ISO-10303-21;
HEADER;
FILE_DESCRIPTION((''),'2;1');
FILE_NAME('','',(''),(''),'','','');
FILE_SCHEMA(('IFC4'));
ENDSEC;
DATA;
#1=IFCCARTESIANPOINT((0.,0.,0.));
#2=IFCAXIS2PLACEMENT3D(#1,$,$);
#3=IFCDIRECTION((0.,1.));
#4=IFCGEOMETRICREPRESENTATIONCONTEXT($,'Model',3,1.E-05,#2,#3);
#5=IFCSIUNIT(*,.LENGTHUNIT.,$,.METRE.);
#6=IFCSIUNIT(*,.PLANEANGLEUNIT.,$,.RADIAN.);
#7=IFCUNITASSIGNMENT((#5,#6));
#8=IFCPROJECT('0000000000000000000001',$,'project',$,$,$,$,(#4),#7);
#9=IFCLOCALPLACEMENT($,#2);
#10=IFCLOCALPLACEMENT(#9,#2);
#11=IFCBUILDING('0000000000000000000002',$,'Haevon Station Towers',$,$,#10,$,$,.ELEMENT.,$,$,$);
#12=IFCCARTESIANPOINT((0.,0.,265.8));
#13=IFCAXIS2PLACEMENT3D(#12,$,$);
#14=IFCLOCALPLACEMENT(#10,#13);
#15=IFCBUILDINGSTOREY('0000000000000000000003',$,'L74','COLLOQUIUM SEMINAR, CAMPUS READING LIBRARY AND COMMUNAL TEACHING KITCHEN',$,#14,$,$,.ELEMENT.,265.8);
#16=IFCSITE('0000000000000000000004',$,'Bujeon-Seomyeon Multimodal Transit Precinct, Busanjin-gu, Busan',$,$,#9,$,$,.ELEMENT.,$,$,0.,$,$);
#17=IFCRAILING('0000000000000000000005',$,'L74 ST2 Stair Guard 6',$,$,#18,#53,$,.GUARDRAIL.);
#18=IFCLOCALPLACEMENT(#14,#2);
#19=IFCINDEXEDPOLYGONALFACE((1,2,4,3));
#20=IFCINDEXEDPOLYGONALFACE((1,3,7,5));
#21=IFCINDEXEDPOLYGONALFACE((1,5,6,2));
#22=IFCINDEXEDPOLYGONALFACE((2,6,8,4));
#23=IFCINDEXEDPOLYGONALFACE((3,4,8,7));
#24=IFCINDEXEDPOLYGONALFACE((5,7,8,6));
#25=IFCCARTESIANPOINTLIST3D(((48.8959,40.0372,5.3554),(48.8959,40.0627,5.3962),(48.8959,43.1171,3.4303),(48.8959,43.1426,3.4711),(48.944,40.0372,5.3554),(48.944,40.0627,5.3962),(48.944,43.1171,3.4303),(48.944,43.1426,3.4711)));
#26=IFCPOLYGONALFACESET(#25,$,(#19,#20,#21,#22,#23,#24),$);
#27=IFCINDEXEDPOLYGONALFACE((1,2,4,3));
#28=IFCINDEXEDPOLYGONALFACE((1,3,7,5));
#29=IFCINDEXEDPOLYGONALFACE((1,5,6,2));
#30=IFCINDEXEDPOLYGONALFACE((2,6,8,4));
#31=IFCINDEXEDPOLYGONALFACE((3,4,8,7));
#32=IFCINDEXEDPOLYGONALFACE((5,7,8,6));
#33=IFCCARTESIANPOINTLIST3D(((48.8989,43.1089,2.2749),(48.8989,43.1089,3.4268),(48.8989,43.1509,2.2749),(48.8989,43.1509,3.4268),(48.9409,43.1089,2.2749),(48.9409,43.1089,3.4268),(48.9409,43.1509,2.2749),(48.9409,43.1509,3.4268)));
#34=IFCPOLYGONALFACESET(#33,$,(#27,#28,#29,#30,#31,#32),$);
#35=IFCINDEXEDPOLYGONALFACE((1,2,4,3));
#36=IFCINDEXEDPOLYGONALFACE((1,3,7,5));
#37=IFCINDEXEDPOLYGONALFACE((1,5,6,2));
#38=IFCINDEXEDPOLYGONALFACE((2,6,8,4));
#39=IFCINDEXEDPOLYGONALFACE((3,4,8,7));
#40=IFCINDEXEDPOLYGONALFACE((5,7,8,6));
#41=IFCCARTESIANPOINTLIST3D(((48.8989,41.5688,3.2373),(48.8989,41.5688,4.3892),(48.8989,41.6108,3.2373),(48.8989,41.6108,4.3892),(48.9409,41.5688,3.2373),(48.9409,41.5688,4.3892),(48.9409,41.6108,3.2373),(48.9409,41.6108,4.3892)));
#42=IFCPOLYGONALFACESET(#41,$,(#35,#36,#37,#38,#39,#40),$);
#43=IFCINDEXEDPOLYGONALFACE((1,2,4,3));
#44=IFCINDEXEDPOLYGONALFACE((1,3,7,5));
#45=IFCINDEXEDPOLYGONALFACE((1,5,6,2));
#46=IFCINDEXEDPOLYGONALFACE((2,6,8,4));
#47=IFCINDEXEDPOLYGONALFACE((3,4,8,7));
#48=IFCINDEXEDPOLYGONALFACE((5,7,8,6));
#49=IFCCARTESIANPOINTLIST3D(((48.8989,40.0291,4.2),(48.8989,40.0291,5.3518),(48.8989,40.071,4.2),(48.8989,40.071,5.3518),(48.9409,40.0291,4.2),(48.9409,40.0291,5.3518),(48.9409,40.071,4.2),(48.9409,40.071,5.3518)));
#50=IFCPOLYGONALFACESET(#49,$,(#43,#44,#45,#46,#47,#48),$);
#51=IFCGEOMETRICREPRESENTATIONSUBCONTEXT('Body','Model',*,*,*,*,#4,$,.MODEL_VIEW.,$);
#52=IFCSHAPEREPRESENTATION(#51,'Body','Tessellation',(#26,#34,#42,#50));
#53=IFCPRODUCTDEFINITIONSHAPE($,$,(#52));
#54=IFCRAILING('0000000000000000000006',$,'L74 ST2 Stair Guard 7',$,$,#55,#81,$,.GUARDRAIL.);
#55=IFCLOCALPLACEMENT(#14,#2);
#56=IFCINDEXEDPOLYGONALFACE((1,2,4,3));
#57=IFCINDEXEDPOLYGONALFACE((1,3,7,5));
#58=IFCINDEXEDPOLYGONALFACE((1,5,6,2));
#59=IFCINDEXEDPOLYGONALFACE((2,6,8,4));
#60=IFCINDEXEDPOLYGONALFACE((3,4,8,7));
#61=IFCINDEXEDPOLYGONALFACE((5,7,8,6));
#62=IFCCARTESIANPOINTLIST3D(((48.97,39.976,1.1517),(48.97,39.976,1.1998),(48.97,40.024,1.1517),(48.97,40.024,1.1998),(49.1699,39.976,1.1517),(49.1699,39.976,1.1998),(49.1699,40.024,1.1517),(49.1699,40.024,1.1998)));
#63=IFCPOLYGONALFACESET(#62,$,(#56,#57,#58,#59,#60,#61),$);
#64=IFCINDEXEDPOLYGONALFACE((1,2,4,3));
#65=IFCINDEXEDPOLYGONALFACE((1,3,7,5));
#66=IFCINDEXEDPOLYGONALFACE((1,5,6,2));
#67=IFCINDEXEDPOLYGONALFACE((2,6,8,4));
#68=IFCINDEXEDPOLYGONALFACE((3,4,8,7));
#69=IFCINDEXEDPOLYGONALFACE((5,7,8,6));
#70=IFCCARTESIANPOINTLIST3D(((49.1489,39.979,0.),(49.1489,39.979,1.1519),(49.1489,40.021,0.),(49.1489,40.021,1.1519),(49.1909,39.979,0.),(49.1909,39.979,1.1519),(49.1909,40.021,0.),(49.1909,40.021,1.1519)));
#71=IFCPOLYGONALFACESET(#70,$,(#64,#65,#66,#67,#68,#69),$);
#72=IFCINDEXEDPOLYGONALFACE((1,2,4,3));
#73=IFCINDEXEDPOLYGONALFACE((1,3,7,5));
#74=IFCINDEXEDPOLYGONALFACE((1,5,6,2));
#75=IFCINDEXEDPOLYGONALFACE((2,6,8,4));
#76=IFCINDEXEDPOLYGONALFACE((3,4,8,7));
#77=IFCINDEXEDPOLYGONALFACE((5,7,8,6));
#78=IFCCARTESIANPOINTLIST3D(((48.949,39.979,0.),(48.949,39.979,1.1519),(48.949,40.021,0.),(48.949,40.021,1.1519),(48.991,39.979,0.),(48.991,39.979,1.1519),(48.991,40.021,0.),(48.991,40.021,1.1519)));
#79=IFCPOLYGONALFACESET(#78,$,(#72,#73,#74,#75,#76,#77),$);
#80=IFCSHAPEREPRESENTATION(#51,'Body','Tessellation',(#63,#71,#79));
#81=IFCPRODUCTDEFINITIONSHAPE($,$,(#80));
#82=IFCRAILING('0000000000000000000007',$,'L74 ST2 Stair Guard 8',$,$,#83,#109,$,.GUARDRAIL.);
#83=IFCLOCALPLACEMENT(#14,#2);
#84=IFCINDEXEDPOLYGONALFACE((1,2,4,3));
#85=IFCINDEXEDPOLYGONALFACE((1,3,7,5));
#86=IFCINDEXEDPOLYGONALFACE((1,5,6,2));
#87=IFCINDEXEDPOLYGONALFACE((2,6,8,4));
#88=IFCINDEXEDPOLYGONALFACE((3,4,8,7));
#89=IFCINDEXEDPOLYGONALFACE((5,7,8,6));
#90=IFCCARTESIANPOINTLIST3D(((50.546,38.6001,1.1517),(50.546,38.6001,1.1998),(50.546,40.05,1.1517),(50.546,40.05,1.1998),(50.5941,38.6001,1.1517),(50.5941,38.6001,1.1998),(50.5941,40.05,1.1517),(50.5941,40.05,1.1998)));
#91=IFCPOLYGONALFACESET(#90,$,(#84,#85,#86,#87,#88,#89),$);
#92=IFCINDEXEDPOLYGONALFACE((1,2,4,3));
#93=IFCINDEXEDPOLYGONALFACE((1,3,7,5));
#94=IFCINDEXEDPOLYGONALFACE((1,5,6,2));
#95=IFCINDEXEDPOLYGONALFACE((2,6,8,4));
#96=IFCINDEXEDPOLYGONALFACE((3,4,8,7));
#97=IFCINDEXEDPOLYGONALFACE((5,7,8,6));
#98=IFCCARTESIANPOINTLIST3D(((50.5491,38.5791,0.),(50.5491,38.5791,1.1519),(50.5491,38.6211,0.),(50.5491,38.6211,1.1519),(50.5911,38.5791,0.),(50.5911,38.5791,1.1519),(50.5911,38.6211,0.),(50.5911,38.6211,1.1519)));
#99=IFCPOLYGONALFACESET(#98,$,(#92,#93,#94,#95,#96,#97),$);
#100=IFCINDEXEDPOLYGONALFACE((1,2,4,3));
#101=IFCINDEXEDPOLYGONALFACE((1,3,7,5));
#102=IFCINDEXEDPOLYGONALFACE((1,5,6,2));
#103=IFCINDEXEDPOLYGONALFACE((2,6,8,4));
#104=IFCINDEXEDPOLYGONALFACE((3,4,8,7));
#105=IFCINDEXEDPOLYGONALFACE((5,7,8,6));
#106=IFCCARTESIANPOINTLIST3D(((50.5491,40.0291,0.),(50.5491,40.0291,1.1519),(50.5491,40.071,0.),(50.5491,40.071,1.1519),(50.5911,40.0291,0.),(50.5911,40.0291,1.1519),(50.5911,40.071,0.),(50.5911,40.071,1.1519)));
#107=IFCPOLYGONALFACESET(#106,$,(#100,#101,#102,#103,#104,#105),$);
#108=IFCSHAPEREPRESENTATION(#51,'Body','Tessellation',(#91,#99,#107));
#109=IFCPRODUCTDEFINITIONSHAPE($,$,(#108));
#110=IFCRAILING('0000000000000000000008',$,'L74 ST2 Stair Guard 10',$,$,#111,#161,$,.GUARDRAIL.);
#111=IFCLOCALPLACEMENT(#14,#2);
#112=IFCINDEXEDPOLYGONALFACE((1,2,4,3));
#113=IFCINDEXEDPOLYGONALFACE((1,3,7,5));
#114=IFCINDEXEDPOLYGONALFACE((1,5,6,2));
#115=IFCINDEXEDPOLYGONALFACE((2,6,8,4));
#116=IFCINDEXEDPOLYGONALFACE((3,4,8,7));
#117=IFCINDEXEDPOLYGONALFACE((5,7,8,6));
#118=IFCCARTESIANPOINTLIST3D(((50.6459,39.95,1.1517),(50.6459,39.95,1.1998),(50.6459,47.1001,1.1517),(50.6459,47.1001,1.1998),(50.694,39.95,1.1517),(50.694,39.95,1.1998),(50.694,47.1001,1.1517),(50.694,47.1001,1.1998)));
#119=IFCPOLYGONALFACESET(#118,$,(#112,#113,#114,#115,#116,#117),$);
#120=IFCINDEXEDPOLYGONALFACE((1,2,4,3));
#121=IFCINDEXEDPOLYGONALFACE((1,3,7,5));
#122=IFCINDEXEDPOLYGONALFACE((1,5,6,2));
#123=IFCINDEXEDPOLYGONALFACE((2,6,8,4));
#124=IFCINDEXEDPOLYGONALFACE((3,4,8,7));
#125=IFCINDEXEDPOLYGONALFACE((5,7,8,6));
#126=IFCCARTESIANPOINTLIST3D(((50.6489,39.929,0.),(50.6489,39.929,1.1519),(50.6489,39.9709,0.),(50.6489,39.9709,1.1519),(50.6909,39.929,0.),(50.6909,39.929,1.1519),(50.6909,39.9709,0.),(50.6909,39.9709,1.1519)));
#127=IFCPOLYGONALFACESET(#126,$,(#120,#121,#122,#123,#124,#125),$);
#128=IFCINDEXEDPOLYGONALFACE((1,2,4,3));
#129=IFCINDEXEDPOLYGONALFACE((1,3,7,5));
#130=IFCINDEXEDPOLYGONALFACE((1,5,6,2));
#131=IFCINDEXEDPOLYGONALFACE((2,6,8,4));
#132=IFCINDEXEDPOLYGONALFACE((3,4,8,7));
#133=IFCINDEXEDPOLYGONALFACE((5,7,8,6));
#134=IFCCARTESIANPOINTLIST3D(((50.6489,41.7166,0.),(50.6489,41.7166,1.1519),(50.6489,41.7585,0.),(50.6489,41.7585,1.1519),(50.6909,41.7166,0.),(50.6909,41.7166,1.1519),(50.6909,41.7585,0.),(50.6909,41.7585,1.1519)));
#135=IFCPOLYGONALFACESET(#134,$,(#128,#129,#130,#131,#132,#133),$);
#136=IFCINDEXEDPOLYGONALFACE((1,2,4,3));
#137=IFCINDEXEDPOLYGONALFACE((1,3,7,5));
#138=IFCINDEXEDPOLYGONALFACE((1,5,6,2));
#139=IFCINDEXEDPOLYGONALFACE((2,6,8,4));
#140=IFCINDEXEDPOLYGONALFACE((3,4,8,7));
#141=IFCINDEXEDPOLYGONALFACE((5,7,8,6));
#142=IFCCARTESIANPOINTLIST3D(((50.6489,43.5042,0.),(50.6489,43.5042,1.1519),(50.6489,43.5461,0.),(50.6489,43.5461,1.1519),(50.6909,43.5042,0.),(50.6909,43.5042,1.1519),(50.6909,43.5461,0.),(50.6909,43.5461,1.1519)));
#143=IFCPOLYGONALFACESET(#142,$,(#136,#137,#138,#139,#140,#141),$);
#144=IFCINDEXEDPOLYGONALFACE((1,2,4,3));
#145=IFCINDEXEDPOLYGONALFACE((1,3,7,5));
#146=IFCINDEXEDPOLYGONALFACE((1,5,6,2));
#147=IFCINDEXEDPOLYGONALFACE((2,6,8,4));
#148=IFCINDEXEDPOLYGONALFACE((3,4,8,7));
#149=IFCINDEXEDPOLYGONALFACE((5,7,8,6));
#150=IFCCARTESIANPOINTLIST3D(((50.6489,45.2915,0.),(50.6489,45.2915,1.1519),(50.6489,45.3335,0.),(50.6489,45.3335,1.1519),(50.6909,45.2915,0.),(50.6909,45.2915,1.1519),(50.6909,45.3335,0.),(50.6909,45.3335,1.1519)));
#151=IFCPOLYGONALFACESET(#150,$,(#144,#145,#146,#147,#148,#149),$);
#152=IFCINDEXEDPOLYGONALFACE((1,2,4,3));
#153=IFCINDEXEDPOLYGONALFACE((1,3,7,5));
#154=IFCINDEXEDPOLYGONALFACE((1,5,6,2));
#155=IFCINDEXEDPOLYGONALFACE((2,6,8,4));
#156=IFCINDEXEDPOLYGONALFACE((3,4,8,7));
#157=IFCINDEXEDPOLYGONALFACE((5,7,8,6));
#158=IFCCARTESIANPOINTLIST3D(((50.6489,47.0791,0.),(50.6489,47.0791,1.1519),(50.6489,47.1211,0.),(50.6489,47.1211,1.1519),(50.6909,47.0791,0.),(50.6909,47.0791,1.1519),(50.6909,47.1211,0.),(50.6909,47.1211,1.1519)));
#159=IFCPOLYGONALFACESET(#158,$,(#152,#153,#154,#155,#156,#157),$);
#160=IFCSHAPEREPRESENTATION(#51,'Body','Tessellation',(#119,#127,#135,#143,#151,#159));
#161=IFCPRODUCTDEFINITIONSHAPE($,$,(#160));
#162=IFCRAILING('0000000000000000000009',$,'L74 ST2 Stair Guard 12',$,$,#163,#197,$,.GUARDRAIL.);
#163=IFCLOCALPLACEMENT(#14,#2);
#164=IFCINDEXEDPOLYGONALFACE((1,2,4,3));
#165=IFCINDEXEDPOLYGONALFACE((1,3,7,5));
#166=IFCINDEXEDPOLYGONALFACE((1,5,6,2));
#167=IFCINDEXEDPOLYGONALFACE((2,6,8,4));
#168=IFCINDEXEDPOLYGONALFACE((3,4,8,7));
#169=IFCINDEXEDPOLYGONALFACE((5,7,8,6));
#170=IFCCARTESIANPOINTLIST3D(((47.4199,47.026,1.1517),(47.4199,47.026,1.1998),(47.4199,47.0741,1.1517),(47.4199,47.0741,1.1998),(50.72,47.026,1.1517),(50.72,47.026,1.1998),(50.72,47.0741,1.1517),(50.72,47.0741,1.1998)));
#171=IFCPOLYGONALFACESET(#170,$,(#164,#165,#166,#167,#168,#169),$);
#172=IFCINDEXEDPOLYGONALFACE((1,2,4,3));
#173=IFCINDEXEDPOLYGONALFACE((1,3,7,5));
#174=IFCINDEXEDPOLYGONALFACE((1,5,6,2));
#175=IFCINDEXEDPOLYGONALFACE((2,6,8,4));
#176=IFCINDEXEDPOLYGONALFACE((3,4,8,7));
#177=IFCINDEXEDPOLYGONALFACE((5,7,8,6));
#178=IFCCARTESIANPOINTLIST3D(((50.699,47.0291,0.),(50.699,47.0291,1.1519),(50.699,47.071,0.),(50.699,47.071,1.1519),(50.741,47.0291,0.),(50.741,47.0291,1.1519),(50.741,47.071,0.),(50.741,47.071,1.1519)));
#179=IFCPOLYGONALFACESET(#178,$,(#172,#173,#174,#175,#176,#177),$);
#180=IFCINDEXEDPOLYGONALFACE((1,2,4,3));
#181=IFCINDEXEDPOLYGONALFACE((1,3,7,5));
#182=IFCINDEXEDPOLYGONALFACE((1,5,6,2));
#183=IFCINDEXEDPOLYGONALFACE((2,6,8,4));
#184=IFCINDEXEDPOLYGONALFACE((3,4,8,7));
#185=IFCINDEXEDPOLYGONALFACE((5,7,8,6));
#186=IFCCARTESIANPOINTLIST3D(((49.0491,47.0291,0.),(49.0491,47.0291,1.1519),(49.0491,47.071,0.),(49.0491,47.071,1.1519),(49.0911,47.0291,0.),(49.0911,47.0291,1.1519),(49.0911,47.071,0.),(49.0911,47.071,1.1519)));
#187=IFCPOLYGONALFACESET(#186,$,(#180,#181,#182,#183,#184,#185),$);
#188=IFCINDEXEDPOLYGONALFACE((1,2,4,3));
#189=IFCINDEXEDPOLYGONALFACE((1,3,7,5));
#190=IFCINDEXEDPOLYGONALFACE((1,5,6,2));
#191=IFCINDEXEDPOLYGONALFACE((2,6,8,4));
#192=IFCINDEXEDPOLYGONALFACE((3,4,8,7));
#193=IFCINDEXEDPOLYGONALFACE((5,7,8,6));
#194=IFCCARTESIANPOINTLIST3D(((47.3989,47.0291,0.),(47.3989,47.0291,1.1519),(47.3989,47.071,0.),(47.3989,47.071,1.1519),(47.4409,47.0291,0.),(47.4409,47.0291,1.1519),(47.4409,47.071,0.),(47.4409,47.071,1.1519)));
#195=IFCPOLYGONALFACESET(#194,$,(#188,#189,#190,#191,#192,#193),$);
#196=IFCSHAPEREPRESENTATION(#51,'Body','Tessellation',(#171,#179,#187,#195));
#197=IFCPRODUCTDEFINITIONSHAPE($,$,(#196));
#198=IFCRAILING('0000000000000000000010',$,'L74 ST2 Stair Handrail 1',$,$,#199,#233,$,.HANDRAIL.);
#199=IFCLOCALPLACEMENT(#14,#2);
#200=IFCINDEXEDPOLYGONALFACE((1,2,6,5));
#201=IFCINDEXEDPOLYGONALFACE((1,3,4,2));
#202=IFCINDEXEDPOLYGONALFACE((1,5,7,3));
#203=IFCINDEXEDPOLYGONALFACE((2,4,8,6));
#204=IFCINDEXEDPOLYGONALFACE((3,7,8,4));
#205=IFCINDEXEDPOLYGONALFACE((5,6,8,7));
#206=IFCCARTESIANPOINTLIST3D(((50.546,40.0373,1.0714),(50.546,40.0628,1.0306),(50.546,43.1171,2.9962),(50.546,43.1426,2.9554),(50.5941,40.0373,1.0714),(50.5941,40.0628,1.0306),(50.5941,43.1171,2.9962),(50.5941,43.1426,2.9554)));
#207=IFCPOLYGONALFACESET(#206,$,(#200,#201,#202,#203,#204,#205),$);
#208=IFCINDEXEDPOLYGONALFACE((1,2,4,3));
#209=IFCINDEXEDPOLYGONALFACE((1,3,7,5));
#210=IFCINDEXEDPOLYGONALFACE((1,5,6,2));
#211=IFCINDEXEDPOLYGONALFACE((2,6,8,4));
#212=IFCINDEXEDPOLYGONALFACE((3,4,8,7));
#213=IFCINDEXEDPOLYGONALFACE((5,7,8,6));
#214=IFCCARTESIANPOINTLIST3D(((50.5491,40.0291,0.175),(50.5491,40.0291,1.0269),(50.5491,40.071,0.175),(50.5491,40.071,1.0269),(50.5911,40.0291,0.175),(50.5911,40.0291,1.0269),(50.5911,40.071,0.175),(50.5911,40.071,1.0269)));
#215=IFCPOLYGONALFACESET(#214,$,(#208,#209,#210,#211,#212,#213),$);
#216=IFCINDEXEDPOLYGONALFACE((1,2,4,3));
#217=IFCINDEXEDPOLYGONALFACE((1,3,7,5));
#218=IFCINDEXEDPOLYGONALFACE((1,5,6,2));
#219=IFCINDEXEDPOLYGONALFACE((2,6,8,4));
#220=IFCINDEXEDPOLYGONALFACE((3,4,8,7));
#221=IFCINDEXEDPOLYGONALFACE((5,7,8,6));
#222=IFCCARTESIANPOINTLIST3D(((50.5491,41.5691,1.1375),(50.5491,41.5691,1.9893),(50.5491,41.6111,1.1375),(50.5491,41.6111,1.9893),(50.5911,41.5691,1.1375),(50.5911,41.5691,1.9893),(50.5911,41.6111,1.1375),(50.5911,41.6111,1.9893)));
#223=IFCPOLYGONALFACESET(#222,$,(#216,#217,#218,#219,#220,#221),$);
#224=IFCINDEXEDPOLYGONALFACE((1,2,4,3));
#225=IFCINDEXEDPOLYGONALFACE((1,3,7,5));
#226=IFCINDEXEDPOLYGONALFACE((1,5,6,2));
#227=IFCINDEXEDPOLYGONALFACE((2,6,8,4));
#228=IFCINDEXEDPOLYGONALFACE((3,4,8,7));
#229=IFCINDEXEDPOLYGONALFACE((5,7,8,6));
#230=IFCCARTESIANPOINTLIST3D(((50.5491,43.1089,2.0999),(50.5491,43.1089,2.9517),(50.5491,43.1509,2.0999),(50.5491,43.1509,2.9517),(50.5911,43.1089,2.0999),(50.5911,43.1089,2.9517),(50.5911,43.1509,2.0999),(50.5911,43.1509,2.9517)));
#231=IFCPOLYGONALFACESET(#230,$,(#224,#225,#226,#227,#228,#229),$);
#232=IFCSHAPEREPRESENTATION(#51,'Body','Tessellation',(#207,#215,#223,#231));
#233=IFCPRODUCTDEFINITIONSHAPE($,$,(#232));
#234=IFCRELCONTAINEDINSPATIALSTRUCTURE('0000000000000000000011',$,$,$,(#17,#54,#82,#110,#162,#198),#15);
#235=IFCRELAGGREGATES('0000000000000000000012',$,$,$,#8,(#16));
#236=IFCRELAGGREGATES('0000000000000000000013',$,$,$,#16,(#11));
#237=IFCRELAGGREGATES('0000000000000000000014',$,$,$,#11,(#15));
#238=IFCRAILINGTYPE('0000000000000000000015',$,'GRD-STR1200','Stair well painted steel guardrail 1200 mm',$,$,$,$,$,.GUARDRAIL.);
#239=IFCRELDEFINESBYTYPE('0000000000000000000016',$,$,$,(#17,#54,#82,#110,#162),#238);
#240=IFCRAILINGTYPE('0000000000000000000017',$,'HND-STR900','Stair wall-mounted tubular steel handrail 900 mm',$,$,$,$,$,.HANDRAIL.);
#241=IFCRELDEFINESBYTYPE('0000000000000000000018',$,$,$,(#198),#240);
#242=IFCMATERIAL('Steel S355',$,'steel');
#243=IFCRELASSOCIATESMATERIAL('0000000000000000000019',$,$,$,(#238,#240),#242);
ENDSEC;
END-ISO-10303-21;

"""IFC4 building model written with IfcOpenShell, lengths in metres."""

from ifc_helpers import new_model, si_unit, direction, frame, origin, origin_2d, place, context, subcontext, project, spatial, rectangle, extrude, material, type_object, element, save


model = new_model("IFC4")

# Units and contexts
model_context = context("Model", 3, precision=1e-05, world=origin(), true_north=direction((0.0, 1.0)))
body_context = subcontext(model_context, "Body", "Model", "MODEL_VIEW")
ifc_project = project(units=[si_unit("LENGTHUNIT", "METRE"), si_unit("PLANEANGLEUNIT", "RADIAN")], contexts=[model_context])

# Site, building, storey
site_placement = place(None, origin())
site = spatial("IfcSite", under=ifc_project, at=site_placement, Name="Bujeon-Seomyeon Multimodal Transit Precinct, Busanjin-gu, Busan", CompositionType="ELEMENT", RefElevation=0.0)
building_placement = place(site_placement, origin())
building = spatial("IfcBuilding", under=site, at=building_placement, Name="Haevon Station Towers", CompositionType="ELEMENT")
storey_placement = place(building_placement, frame((0.0, 0.0, 265.8)))
storey = spatial("IfcBuildingStorey", under=building, at=storey_placement, Name="L74", Description="COLLOQUIUM SEMINAR, CAMPUS READING LIBRARY AND COMMUNAL TEACHING KITCHEN", CompositionType="ELEMENT", Elevation=265.8)

# Shared definitions
ifc_material_1 = material(Name="Steel S355", Category="steel")

# Railings
railing_type_1 = type_object("IfcRailingType", Name="GRD-STR1200", Description="Stair well painted steel guardrail 1200 mm", PredefinedType="GUARDRAIL", material=ifc_material_1)
railing_1_placement = place(storey_placement, frame((48.9199, 43.1299, 2.2749)))
element("IfcRailing", 1, at=railing_1_placement, inside=storey, type_object=railing_type_1, Name="L74 ST2 Stair Guard 6", PredefinedType="GUARDRAIL", context=body_context, shape_type="SweptSolid", body=[
    extrude(rectangle(XDim=0.0481, YDim=0.0481, at=origin_2d()), frame((0.0, 0.0, 1.1758), z_axis=(0.0, -0.847979, 0.530029), x_axis=(1.0, 0.0, 0.0)), (0.0, 0.0, 1.0), 3.6321),
    extrude(rectangle(XDim=0.042, YDim=0.042, at=origin_2d()), origin(), (0.0, 0.0, 1.0), 1.1519),
    extrude(rectangle(XDim=0.042, YDim=0.042, at=origin_2d()), frame((0.0, -1.54, 0.9624)), (0.0, 0.0, 1.0), 1.1519),
    extrude(rectangle(XDim=0.042, YDim=0.042, at=origin_2d()), frame((0.0, -3.0798, 1.925)), (0.0, 0.0, 1.0), 1.1519),
])
railing_2_placement = place(storey_placement, frame((49.1699, 40.0, 0.0)))
element("IfcRailing", 2, at=railing_2_placement, inside=storey, type_object=railing_type_1, Name="L74 ST2 Stair Guard 7", PredefinedType="GUARDRAIL", context=body_context, shape_type="SweptSolid", body=[
    extrude(rectangle(XDim=0.0481, YDim=0.0481, at=origin_2d()), frame((0.0, 0.0, 1.1758), z_axis=(-1.0, 0.0, 0.0), x_axis=(0.0, -1.0, 0.0)), (0.0, 0.0, 1.0), 0.2),
    extrude(rectangle(XDim=0.042, YDim=0.042, at=origin_2d()), origin(), (0.0, 0.0, 1.0), 1.1519),
    extrude(rectangle(XDim=0.042, YDim=0.042, at=origin_2d()), frame((-0.2, 0.0, 0.0)), (0.0, 0.0, 1.0), 1.1519),
])
railing_3_placement = place(storey_placement, frame((50.5701, 38.6001, 0.0)))
element("IfcRailing", 3, at=railing_3_placement, inside=storey, type_object=railing_type_1, Name="L74 ST2 Stair Guard 8", PredefinedType="GUARDRAIL", context=body_context, shape_type="SweptSolid", body=[
    extrude(rectangle(XDim=0.0481, YDim=0.0481, at=origin_2d()), frame((0.0, 0.0, 1.1758), z_axis=(0.0, 1.0, 0.0), x_axis=(-1.0, 0.0, 0.0)), (0.0, 0.0, 1.0), 1.45),
    extrude(rectangle(XDim=0.042, YDim=0.042, at=origin_2d()), origin(), (0.0, 0.0, 1.0), 1.1519),
    extrude(rectangle(XDim=0.042, YDim=0.042, at=origin_2d()), frame((0.0, 1.45, 0.0)), (0.0, 0.0, 1.0), 1.1519),
])
railing_4_placement = place(storey_placement, frame((50.6699, 39.95, 0.0)))
element("IfcRailing", 4, at=railing_4_placement, inside=storey, type_object=railing_type_1, Name="L74 ST2 Stair Guard 10", PredefinedType="GUARDRAIL", context=body_context, shape_type="SweptSolid", body=[
    extrude(rectangle(XDim=0.0481, YDim=0.0481, at=origin_2d()), frame((0.0, 0.0, 1.1758), z_axis=(0.0, 1.0, 0.0), x_axis=(-1.0, 0.0, 0.0)), (0.0, 0.0, 1.0), 7.1501),
    extrude(rectangle(XDim=0.042, YDim=0.042, at=origin_2d()), origin(), (0.0, 0.0, 1.0), 1.1519),
    extrude(rectangle(XDim=0.042, YDim=0.042, at=origin_2d()), frame((0.0, 1.7876, 0.0)), (0.0, 0.0, 1.0), 1.1519),
    extrude(rectangle(XDim=0.042, YDim=0.042, at=origin_2d()), frame((0.0, 3.5752, 0.0)), (0.0, 0.0, 1.0), 1.1519),
    extrude(rectangle(XDim=0.042, YDim=0.042, at=origin_2d()), frame((0.0, 5.3625, 0.0)), (0.0, 0.0, 1.0), 1.1519),
    extrude(rectangle(XDim=0.042, YDim=0.042, at=origin_2d()), frame((0.0, 7.1501, 0.0)), (0.0, 0.0, 1.0), 1.1519),
])
railing_5_placement = place(storey_placement, frame((50.72, 47.05, 0.0)))
element("IfcRailing", 5, at=railing_5_placement, inside=storey, type_object=railing_type_1, Name="L74 ST2 Stair Guard 12", PredefinedType="GUARDRAIL", context=body_context, shape_type="SweptSolid", body=[
    extrude(rectangle(XDim=0.0481, YDim=0.0481, at=origin_2d()), frame((0.0, 0.0, 1.1758), z_axis=(-1.0, 0.0, 0.0), x_axis=(0.0, -1.0, 0.0)), (0.0, 0.0, 1.0), 3.3),
    extrude(rectangle(XDim=0.042, YDim=0.042, at=origin_2d()), origin(), (0.0, 0.0, 1.0), 1.1519),
    extrude(rectangle(XDim=0.042, YDim=0.042, at=origin_2d()), frame((-1.6499, 0.0, 0.0)), (0.0, 0.0, 1.0), 1.1519),
    extrude(rectangle(XDim=0.042, YDim=0.042, at=origin_2d()), frame((-3.3, 0.0, 0.0)), (0.0, 0.0, 1.0), 1.1519),
])
railing_type_2 = type_object("IfcRailingType", Name="HND-STR900", Description="Stair wall-mounted tubular steel handrail 900 mm", PredefinedType="HANDRAIL", material=ifc_material_1)
railing_6_placement = place(storey_placement, frame((50.5701, 40.05, 0.175)))
element("IfcRailing", 6, at=railing_6_placement, inside=storey, type_object=railing_type_2, Name="L74 ST2 Stair Handrail 1", PredefinedType="HANDRAIL", context=body_context, shape_type="SweptSolid", body=[
    extrude(rectangle(XDim=0.0481, YDim=0.0481, at=origin_2d()), frame((0.0, 0.0, 0.876), z_axis=(0.0, 0.84801, 0.529981), x_axis=(-1.0, 0.0, 0.0)), (0.0, 0.0, 1.0), 3.6318),
    extrude(rectangle(XDim=0.042, YDim=0.042, at=origin_2d()), origin(), (0.0, 0.0, 1.0), 0.8518),
    extrude(rectangle(XDim=0.042, YDim=0.042, at=origin_2d()), frame((0.0, 1.54, 0.9624)), (0.0, 0.0, 1.0), 0.8518),
    extrude(rectangle(XDim=0.042, YDim=0.042, at=origin_2d()), frame((0.0, 3.0798, 1.9248)), (0.0, 0.0, 1.0), 0.8518),
])

save(model, "model.ifc")
